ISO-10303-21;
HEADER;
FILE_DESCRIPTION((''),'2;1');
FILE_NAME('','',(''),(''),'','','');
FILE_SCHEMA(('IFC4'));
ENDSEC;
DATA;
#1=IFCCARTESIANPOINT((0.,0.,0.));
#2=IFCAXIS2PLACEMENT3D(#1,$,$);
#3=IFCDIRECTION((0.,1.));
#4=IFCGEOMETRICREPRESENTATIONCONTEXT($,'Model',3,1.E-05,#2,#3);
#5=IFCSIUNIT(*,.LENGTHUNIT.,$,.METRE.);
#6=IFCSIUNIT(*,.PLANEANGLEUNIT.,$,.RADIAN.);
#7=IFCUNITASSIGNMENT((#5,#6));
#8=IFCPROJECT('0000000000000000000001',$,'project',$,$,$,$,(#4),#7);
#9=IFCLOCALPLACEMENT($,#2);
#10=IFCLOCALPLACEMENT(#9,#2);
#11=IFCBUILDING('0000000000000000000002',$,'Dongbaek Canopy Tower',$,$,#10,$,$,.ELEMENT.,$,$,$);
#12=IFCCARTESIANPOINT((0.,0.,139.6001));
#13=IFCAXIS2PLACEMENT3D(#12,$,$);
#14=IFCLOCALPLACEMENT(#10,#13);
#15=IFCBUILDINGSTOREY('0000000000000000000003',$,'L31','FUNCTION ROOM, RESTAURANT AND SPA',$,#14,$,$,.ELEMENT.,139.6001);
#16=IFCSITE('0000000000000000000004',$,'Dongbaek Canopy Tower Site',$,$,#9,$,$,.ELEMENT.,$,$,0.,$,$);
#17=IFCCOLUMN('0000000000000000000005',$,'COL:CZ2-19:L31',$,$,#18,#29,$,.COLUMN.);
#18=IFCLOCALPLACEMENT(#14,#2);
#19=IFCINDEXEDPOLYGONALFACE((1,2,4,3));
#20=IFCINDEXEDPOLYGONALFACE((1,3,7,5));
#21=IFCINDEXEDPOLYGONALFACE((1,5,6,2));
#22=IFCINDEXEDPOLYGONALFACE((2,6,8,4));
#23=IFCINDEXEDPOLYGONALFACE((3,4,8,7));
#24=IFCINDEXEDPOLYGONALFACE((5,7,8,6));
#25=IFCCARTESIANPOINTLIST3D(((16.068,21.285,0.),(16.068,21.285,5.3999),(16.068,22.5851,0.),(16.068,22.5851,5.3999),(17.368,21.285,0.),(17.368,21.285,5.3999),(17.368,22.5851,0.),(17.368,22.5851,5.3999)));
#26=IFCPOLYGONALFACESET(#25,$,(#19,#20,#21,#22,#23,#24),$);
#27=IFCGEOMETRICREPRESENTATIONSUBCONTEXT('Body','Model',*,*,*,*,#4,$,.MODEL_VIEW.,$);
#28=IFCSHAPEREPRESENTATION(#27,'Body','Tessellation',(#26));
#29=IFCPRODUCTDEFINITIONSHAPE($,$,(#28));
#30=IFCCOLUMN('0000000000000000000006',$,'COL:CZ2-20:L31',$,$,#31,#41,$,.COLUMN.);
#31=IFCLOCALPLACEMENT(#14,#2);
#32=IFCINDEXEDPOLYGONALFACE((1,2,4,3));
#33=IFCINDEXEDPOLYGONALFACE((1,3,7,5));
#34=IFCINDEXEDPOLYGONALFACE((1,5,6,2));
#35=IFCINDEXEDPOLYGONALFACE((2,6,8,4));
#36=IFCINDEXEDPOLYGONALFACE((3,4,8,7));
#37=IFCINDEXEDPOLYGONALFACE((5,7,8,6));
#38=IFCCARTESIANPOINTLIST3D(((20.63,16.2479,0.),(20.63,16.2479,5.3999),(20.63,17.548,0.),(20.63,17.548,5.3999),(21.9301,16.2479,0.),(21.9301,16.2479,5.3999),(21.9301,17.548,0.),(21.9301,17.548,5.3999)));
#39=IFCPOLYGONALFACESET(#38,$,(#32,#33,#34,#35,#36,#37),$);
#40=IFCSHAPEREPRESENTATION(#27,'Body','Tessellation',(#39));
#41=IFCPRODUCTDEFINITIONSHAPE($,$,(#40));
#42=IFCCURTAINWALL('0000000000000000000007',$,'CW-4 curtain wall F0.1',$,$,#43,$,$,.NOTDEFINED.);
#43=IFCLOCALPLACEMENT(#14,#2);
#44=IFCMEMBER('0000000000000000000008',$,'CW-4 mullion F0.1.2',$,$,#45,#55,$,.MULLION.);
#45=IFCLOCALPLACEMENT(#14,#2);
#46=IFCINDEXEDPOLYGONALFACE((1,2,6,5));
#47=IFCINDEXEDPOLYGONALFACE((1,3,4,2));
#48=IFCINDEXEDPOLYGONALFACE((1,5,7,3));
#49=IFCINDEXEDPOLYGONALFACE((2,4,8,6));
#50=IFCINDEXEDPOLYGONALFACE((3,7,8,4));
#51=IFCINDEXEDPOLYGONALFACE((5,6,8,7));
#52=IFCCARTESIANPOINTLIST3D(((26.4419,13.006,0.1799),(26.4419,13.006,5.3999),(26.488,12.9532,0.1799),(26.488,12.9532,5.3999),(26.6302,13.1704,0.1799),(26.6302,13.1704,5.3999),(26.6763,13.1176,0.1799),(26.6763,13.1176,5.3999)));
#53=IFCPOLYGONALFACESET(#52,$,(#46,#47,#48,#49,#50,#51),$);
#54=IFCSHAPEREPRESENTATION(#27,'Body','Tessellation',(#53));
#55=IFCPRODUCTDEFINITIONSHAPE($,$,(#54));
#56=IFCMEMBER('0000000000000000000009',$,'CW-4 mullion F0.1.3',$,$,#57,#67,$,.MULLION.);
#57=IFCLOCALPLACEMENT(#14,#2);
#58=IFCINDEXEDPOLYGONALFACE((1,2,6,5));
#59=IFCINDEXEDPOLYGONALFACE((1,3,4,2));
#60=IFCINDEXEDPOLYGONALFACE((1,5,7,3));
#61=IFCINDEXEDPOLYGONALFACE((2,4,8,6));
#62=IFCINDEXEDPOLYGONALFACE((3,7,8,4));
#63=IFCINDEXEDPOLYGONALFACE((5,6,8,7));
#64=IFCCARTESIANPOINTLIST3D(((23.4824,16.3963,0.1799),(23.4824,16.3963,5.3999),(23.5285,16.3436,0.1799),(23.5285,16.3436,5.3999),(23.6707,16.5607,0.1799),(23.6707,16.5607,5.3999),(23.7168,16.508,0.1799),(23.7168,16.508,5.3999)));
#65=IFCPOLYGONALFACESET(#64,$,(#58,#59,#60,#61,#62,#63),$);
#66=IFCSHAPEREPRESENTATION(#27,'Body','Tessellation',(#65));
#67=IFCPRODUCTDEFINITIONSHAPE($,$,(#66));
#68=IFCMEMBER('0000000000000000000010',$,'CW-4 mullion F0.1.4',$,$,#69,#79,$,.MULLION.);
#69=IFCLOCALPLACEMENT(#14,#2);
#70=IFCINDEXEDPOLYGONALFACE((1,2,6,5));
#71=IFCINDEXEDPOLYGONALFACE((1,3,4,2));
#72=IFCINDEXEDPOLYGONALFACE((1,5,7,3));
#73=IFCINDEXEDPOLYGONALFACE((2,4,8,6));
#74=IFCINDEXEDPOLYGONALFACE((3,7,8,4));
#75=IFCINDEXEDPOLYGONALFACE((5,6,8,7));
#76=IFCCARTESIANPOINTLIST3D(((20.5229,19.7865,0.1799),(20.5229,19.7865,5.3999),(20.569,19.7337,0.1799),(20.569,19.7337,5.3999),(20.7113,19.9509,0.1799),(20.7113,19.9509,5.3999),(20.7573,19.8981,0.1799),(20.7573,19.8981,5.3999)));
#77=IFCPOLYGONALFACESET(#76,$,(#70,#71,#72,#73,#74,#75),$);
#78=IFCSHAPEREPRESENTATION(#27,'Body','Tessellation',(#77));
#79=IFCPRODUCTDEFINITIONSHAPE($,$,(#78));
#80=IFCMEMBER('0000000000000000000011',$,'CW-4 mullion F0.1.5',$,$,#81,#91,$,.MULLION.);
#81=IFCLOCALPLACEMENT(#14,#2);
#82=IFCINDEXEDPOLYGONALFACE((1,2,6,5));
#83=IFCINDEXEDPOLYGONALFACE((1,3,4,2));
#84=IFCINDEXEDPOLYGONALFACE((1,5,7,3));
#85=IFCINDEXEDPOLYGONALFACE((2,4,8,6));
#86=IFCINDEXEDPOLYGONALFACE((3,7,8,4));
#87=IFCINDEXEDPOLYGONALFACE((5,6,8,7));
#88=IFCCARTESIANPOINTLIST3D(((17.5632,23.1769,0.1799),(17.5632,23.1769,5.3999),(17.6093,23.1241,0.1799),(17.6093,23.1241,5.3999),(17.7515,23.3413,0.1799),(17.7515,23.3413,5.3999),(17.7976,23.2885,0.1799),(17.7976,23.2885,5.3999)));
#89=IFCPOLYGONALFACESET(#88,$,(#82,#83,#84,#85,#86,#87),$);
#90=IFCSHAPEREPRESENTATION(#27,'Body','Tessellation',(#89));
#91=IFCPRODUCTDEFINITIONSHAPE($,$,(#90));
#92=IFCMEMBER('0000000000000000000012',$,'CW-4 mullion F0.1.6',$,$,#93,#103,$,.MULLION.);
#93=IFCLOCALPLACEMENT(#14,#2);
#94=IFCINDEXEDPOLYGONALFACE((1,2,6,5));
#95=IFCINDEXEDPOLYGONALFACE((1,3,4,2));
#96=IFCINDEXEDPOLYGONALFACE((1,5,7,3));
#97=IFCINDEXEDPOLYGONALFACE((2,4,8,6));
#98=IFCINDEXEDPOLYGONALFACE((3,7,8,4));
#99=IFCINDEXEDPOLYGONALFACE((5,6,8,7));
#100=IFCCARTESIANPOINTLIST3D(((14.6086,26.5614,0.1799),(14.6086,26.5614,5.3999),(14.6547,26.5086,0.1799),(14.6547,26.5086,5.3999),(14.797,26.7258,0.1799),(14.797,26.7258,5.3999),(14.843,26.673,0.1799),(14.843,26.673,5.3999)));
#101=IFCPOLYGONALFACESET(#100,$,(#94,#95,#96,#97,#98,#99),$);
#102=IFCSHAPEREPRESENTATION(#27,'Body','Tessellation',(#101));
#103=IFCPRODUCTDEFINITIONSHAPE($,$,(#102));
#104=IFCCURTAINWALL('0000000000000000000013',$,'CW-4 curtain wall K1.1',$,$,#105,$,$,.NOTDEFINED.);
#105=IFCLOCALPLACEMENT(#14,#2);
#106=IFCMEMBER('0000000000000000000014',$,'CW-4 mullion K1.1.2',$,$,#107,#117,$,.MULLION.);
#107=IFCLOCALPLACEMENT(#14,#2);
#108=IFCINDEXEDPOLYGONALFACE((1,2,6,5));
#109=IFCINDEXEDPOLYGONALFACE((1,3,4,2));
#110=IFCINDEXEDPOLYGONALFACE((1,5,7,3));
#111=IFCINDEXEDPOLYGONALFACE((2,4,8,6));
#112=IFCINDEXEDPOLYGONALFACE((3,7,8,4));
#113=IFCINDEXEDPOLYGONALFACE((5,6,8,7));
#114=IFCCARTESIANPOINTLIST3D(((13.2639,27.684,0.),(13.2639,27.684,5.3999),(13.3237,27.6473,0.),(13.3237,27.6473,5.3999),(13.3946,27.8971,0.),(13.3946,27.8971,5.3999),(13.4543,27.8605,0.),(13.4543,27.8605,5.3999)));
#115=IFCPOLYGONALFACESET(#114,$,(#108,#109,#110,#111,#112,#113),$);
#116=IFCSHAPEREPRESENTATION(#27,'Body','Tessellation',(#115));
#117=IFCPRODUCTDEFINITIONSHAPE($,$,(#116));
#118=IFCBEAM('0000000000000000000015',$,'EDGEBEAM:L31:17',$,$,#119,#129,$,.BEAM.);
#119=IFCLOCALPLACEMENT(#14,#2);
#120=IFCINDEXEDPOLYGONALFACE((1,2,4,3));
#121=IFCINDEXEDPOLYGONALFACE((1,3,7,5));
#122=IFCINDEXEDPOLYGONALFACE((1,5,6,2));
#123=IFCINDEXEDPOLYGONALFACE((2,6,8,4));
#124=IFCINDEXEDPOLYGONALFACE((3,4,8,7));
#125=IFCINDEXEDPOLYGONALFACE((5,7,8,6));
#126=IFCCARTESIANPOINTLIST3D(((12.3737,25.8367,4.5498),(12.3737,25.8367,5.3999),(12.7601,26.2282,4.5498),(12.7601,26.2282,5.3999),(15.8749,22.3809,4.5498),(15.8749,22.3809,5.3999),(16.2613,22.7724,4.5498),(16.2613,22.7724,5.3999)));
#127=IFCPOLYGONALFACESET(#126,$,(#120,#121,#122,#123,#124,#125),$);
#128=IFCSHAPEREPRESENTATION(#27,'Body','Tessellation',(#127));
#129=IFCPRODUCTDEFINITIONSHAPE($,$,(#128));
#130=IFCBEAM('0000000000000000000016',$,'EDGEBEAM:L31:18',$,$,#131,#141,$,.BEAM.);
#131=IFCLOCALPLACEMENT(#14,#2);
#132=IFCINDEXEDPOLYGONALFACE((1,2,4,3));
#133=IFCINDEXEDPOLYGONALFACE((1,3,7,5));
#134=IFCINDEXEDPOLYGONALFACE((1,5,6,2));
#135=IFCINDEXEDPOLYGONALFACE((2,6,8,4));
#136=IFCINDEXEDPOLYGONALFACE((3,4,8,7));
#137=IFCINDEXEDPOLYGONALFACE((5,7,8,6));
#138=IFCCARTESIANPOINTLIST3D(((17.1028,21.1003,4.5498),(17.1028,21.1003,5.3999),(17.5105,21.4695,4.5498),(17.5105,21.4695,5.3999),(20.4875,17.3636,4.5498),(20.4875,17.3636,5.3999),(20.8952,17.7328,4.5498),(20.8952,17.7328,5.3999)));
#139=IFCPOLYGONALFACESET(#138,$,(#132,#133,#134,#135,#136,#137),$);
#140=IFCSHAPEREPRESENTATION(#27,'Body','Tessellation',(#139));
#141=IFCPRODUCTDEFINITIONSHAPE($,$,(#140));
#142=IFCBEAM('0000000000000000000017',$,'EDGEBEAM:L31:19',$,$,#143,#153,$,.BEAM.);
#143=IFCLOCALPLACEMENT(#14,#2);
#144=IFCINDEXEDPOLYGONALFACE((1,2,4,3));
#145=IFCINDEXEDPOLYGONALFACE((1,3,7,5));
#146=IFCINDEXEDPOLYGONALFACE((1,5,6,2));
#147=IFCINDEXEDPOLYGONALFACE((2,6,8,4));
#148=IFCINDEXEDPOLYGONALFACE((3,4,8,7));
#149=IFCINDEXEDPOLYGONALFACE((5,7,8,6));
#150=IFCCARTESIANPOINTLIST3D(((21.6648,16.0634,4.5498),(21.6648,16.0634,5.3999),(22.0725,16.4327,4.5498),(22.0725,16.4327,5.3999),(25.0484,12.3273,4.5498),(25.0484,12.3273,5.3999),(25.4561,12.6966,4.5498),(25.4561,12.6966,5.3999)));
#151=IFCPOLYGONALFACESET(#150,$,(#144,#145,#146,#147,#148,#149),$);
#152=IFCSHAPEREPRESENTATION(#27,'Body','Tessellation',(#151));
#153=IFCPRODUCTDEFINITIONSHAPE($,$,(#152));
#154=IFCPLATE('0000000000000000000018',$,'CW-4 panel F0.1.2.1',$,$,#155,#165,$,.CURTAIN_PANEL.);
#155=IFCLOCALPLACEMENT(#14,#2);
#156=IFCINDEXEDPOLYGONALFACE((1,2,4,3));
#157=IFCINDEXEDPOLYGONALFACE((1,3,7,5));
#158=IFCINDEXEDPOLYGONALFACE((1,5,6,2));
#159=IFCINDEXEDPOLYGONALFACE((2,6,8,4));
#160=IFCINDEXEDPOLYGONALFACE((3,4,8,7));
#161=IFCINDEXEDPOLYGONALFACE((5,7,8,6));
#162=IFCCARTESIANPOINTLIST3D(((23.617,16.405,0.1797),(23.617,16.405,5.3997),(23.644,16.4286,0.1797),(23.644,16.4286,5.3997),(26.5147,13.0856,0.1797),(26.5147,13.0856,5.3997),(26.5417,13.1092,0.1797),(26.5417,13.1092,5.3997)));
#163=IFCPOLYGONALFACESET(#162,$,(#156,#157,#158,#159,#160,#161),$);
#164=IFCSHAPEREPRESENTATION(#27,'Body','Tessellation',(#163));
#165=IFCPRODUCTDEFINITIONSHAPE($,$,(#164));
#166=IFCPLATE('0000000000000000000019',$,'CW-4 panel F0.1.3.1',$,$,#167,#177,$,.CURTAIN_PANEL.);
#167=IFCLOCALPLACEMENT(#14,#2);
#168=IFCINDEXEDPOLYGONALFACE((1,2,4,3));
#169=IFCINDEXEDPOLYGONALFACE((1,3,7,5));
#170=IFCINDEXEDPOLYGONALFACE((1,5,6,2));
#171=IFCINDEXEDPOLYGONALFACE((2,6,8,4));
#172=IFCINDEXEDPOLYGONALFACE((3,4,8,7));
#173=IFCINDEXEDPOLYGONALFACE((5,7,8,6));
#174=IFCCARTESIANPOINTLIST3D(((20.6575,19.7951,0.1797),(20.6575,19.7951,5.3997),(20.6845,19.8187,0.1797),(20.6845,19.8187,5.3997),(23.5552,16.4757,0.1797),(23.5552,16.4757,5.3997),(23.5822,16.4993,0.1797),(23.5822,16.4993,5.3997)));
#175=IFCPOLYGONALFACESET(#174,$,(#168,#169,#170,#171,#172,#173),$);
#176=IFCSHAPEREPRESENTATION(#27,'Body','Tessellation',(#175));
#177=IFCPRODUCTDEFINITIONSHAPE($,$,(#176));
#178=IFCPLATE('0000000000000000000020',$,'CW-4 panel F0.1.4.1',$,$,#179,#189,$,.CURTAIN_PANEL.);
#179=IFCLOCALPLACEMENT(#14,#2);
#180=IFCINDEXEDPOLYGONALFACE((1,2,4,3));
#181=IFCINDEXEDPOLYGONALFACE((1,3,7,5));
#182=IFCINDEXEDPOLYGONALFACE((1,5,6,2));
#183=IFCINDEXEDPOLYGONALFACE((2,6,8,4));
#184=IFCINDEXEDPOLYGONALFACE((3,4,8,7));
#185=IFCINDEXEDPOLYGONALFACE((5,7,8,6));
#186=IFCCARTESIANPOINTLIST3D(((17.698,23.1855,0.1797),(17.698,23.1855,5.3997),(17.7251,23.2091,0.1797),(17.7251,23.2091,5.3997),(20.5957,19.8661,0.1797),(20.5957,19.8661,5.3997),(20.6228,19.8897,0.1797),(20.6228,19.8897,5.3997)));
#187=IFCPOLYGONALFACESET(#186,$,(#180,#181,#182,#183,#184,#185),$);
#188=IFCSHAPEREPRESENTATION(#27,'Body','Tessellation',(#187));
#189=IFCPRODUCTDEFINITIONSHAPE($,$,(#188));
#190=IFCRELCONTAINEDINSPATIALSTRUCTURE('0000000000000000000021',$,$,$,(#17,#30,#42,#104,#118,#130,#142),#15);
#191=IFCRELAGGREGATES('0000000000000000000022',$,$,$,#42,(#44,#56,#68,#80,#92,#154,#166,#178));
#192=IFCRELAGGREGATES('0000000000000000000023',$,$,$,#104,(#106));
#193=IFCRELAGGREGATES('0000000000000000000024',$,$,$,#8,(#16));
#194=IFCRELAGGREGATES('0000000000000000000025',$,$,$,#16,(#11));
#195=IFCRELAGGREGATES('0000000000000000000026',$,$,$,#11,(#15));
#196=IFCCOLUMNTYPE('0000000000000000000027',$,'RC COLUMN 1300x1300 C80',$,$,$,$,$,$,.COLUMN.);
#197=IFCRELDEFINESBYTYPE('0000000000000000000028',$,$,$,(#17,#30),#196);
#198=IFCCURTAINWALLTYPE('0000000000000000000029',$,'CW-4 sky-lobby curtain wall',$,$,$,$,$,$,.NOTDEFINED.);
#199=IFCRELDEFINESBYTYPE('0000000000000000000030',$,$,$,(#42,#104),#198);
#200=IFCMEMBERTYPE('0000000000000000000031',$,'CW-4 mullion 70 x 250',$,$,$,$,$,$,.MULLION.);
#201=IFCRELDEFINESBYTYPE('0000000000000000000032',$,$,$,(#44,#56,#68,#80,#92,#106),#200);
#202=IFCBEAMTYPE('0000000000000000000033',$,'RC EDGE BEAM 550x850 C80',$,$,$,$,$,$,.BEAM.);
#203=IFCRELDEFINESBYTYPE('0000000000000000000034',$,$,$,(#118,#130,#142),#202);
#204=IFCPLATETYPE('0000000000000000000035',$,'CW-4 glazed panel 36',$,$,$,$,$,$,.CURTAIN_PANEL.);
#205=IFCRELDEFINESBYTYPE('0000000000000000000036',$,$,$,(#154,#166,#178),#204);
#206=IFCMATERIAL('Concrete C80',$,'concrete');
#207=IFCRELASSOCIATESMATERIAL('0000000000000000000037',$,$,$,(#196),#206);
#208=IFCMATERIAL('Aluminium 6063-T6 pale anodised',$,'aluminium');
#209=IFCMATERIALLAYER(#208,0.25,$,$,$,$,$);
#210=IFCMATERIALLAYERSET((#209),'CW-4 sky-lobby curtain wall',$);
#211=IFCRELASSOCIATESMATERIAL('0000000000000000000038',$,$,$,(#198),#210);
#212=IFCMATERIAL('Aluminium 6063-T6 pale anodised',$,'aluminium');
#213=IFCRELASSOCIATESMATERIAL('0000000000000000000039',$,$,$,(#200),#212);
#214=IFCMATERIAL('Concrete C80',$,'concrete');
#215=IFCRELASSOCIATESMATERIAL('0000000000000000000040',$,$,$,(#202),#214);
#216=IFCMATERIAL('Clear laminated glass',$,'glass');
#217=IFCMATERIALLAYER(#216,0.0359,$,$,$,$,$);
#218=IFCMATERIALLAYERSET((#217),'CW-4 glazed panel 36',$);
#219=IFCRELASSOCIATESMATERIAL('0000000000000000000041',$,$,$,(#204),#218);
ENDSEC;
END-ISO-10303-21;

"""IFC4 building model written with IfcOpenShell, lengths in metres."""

from ifc_helpers import new_model, si_unit, direction, frame, origin, origin_2d, place, context, subcontext, project, spatial, rectangle, extrude, material, layer, layer_set, material_profile, profile_set, type_object, element, aggregate, save


model = new_model("IFC4")

# Units and contexts
model_context = context("Model", 3, precision=1e-05, world=origin(), true_north=direction((0.0, 1.0)))
body_context = subcontext(model_context, "Body", "Model", "MODEL_VIEW")
ifc_project = project(units=[si_unit("LENGTHUNIT", "METRE"), si_unit("PLANEANGLEUNIT", "RADIAN")], contexts=[model_context])

# Site, building, storey
site_placement = place(None, origin())
site = spatial("IfcSite", under=ifc_project, at=site_placement, Name="Dongbaek Canopy Tower Site", CompositionType="ELEMENT", RefElevation=0.0)
building_placement = place(site_placement, origin())
building = spatial("IfcBuilding", under=site, at=building_placement, Name="Dongbaek Canopy Tower", CompositionType="ELEMENT")
storey_placement = place(building_placement, frame((0.0, 0.0, 139.6001)))
storey = spatial("IfcBuildingStorey", under=building, at=storey_placement, Name="L31", Description="FUNCTION ROOM, RESTAURANT AND SPA", CompositionType="ELEMENT", Elevation=139.6001)

# Columns
ifc_material_1 = material(Name="Concrete C80", Category="concrete")
ifc_material_profile_1 = material_profile(ifc_material_1, rectangle(XDim=1.3, YDim=1.3, at=origin_2d()), Name="RC COLUMN 1300x1300 C80")
ifc_profile_set_1 = profile_set([ifc_material_profile_1], Name="Concrete C80")
column_type = type_object("IfcColumnType", Name="RC COLUMN 1300x1300 C80", PredefinedType="COLUMN", material=ifc_profile_set_1)
for number, where, z_axis, x_axis, name in (
    (1, (16.718, 21.9351, 0.0), (0.0, 0.0, 1.0), (1.0, 0.0, 0.0), "COL:CZ2-19:L31"),
    (2, (21.28, 16.8979, 0.0), (0.0, 0.0, 1.0), (1.0, 0.0, 0.0), "COL:CZ2-20:L31"),
):
    element("IfcColumn", number, at=place(storey_placement, frame(where, z_axis=z_axis, x_axis=x_axis)), inside=storey, type_object=column_type, Name=name, PredefinedType="COLUMN", context=body_context, shape_type="SweptSolid", body=[
        extrude(rectangle(XDim=1.3, YDim=1.3, at=origin_2d()), origin(), (0.0, 0.0, 1.0), 5.3999),
    ])

# Curtain wall, members
ifc_material_2 = material(Name="Aluminium 6063-T6 pale anodised", Category="aluminium")
ifc_layer_1 = layer(ifc_material_2, 0.25)
ifc_layer_set_1 = layer_set([ifc_layer_1], Name="CW-4 sky-lobby curtain wall")
curtain_wall_type = type_object("IfcCurtainWallType", Name="CW-4 sky-lobby curtain wall", PredefinedType="NOTDEFINED", material=ifc_layer_set_1)
curtain_wall_1_placement = place(storey_placement, origin())
curtain_wall_1 = element("IfcCurtainWall", 3, at=curtain_wall_1_placement, inside=storey, type_object=curtain_wall_type, Name="CW-4 curtain wall F0.1", PredefinedType="NOTDEFINED")
ifc_material_3 = material(Name="Aluminium 6063-T6 pale anodised", Category="aluminium")
ifc_material_profile_2 = material_profile(ifc_material_3, rectangle(XDim=0.25, YDim=0.0701, at=origin_2d()), Name="CW-4 mullion 70 x 250")
ifc_profile_set_2 = profile_set([ifc_material_profile_2], Name="Aluminium 6063-T6 pale anodised")
member_type = type_object("IfcMemberType", Name="CW-4 mullion 70 x 250", PredefinedType="MULLION", material=ifc_profile_set_2)
member_1_placement = place(storey_placement, frame((26.5591, 13.0618, 0.1799), z_axis=(0.0, 0.0, 1.0), x_axis=(0.753339, 0.657632, 0.0)))
member_1 = element("IfcMember", 4, at=member_1_placement, type_object=member_type, Name="CW-4 mullion F0.1.2", PredefinedType="MULLION", context=body_context, shape_type="SweptSolid", body=[
    extrude(rectangle(XDim=0.25, YDim=0.0701, at=origin_2d()), origin(), (0.0, 0.0, 1.0), 5.22),
])
member_2_placement = place(storey_placement, frame((23.5996, 16.4521, 0.1799), z_axis=(0.0, 0.0, 1.0), x_axis=(0.753339, 0.657632, 0.0)))
member_2 = element("IfcMember", 5, at=member_2_placement, type_object=member_type, Name="CW-4 mullion F0.1.3", PredefinedType="MULLION", context=body_context, shape_type="SweptSolid", body=[
    extrude(rectangle(XDim=0.25, YDim=0.0701, at=origin_2d()), origin(), (0.0, 0.0, 1.0), 5.22),
])
member_3_placement = place(storey_placement, frame((20.6401, 19.8423, 0.1799), z_axis=(0.0, 0.0, 1.0), x_axis=(0.753339, 0.657632, 0.0)))
member_3 = element("IfcMember", 6, at=member_3_placement, type_object=member_type, Name="CW-4 mullion F0.1.4", PredefinedType="MULLION", context=body_context, shape_type="SweptSolid", body=[
    extrude(rectangle(XDim=0.25, YDim=0.0701, at=origin_2d()), origin(), (0.0, 0.0, 1.0), 5.22),
])
member_4_placement = place(storey_placement, frame((17.6804, 23.2327, 0.1799), z_axis=(0.0, 0.0, 1.0), x_axis=(0.753339, 0.657632, 0.0)))
member_4 = element("IfcMember", 7, at=member_4_placement, type_object=member_type, Name="CW-4 mullion F0.1.5", PredefinedType="MULLION", context=body_context, shape_type="SweptSolid", body=[
    extrude(rectangle(XDim=0.25, YDim=0.0701, at=origin_2d()), origin(), (0.0, 0.0, 1.0), 5.22),
])
member_5_placement = place(storey_placement, frame((14.7258, 26.6172, 0.1799), z_axis=(0.0, 0.0, 1.0), x_axis=(0.753339, 0.657632, 0.0)))
member_5 = element("IfcMember", 8, at=member_5_placement, type_object=member_type, Name="CW-4 mullion F0.1.6", PredefinedType="MULLION", context=body_context, shape_type="SweptSolid", body=[
    extrude(rectangle(XDim=0.25, YDim=0.0701, at=origin_2d()), origin(), (0.0, 0.0, 1.0), 5.22),
])

# Curtain wall, member
curtain_wall_2_placement = place(storey_placement, origin())
curtain_wall_2 = element("IfcCurtainWall", 9, at=curtain_wall_2_placement, inside=storey, type_object=curtain_wall_type, Name="CW-4 curtain wall K1.1", PredefinedType="NOTDEFINED")
member_6_placement = place(storey_placement, frame((13.3591, 27.7722, 0.0), z_axis=(0.0, 0.0, 1.0), x_axis=(0.522609, 0.852572, 0.0)))
member_6 = element("IfcMember", 10, at=member_6_placement, type_object=member_type, Name="CW-4 mullion K1.1.2", PredefinedType="MULLION", context=body_context, shape_type="SweptSolid", body=[
    extrude(rectangle(XDim=0.25, YDim=0.0701, at=origin_2d()), origin(), (0.0, 0.0, 1.0), 5.3999),
])

# Beams
ifc_material_4 = material(Name="Concrete C80", Category="concrete")
ifc_material_profile_3 = material_profile(ifc_material_4, rectangle(XDim=0.55, YDim=0.8501, at=origin_2d()), Name="RC EDGE BEAM 550x850 C80")
ifc_profile_set_3 = profile_set([ifc_material_profile_3], Name="Concrete C80")
beam_type = type_object("IfcBeamType", Name="RC EDGE BEAM 550x850 C80", PredefinedType="BEAM", material=ifc_profile_set_3)
beam_1_placement = place(storey_placement, frame((12.5669, 26.0325, 4.9749), z_axis=(0.711707, -0.702476, 0.0), x_axis=(0.702476, 0.711707, 0.0)))
element("IfcBeam", 11, at=beam_1_placement, inside=storey, type_object=beam_type, Name="EDGEBEAM:L31:17", PredefinedType="BEAM", context=body_context, shape_type="SweptSolid", body=[
    extrude(rectangle(XDim=0.55, YDim=0.8501, at=origin_2d()), origin(), (0.0, 0.0, 1.0), 4.9194),
])
beam_2_placement = place(storey_placement, frame((17.3066, 21.2849, 4.9749), z_axis=(0.671332, -0.741157, 0.0), x_axis=(0.741157, 0.671332, 0.0)))
element("IfcBeam", 12, at=beam_2_placement, inside=storey, type_object=beam_type, Name="EDGEBEAM:L31:18", PredefinedType="BEAM", context=body_context, shape_type="SweptSolid", body=[
    extrude(rectangle(XDim=0.55, YDim=0.8501, at=origin_2d()), origin(), (0.0, 0.0, 1.0), 5.0417),
])
beam_3_placement = place(storey_placement, frame((21.8687, 16.248, 4.9749), z_axis=(0.671271, -0.741212, 0.0), x_axis=(0.741212, 0.671271, 0.0)))
element("IfcBeam", 13, at=beam_3_placement, inside=storey, type_object=beam_type, Name="EDGEBEAM:L31:19", PredefinedType="BEAM", context=body_context, shape_type="SweptSolid", body=[
    extrude(rectangle(XDim=0.55, YDim=0.8501, at=origin_2d()), origin(), (0.0, 0.0, 1.0), 5.0405),
])

# Plates
ifc_material_5 = material(Name="Clear laminated glass", Category="glass")
ifc_layer_2 = layer(ifc_material_5, 0.0359)
ifc_layer_set_2 = layer_set([ifc_layer_2], Name="CW-4 glazed panel 36")
plate_type = type_object("IfcPlateType", Name="CW-4 glazed panel 36", PredefinedType="CURTAIN_PANEL", material=ifc_layer_set_2)
plate_1_placement = place(storey_placement, frame((25.0793, 14.7571, 0.1797), z_axis=(0.0, 0.0, 1.0), x_axis=(-0.657632, 0.753339, 0.0)))
plate_1 = element("IfcPlate", 14, at=plate_1_placement, type_object=plate_type, Name="CW-4 panel F0.1.2.1", PredefinedType="CURTAIN_PANEL", context=body_context, shape_type="SweptSolid", body=[
    extrude(rectangle(XDim=4.4062, YDim=0.0359, at=origin_2d()), origin(), (0.0, 0.0, 1.0), 5.22),
])
plate_2_placement = place(storey_placement, frame((22.1199, 18.1472, 0.1797), z_axis=(0.0, 0.0, 1.0), x_axis=(-0.657632, 0.753339, 0.0)))
plate_2 = element("IfcPlate", 15, at=plate_2_placement, type_object=plate_type, Name="CW-4 panel F0.1.3.1", PredefinedType="CURTAIN_PANEL", context=body_context, shape_type="SweptSolid", body=[
    extrude(rectangle(XDim=4.4062, YDim=0.0359, at=origin_2d()), origin(), (0.0, 0.0, 1.0), 5.22),
])
plate_3_placement = place(storey_placement, frame((19.1604, 21.5376, 0.1797), z_axis=(0.0, 0.0, 1.0), x_axis=(-0.657632, 0.753339, 0.0)))
plate_3 = element("IfcPlate", 16, at=plate_3_placement, type_object=plate_type, Name="CW-4 panel F0.1.4.1", PredefinedType="CURTAIN_PANEL", context=body_context, shape_type="SweptSolid", body=[
    extrude(rectangle(XDim=4.4062, YDim=0.0359, at=origin_2d()), origin(), (0.0, 0.0, 1.0), 5.22),
])
aggregate(curtain_wall_1, [member_1, member_2, member_3, member_4, member_5, plate_1, plate_2, plate_3])

aggregate(curtain_wall_2, [member_6])

save(model, "model.ifc")
